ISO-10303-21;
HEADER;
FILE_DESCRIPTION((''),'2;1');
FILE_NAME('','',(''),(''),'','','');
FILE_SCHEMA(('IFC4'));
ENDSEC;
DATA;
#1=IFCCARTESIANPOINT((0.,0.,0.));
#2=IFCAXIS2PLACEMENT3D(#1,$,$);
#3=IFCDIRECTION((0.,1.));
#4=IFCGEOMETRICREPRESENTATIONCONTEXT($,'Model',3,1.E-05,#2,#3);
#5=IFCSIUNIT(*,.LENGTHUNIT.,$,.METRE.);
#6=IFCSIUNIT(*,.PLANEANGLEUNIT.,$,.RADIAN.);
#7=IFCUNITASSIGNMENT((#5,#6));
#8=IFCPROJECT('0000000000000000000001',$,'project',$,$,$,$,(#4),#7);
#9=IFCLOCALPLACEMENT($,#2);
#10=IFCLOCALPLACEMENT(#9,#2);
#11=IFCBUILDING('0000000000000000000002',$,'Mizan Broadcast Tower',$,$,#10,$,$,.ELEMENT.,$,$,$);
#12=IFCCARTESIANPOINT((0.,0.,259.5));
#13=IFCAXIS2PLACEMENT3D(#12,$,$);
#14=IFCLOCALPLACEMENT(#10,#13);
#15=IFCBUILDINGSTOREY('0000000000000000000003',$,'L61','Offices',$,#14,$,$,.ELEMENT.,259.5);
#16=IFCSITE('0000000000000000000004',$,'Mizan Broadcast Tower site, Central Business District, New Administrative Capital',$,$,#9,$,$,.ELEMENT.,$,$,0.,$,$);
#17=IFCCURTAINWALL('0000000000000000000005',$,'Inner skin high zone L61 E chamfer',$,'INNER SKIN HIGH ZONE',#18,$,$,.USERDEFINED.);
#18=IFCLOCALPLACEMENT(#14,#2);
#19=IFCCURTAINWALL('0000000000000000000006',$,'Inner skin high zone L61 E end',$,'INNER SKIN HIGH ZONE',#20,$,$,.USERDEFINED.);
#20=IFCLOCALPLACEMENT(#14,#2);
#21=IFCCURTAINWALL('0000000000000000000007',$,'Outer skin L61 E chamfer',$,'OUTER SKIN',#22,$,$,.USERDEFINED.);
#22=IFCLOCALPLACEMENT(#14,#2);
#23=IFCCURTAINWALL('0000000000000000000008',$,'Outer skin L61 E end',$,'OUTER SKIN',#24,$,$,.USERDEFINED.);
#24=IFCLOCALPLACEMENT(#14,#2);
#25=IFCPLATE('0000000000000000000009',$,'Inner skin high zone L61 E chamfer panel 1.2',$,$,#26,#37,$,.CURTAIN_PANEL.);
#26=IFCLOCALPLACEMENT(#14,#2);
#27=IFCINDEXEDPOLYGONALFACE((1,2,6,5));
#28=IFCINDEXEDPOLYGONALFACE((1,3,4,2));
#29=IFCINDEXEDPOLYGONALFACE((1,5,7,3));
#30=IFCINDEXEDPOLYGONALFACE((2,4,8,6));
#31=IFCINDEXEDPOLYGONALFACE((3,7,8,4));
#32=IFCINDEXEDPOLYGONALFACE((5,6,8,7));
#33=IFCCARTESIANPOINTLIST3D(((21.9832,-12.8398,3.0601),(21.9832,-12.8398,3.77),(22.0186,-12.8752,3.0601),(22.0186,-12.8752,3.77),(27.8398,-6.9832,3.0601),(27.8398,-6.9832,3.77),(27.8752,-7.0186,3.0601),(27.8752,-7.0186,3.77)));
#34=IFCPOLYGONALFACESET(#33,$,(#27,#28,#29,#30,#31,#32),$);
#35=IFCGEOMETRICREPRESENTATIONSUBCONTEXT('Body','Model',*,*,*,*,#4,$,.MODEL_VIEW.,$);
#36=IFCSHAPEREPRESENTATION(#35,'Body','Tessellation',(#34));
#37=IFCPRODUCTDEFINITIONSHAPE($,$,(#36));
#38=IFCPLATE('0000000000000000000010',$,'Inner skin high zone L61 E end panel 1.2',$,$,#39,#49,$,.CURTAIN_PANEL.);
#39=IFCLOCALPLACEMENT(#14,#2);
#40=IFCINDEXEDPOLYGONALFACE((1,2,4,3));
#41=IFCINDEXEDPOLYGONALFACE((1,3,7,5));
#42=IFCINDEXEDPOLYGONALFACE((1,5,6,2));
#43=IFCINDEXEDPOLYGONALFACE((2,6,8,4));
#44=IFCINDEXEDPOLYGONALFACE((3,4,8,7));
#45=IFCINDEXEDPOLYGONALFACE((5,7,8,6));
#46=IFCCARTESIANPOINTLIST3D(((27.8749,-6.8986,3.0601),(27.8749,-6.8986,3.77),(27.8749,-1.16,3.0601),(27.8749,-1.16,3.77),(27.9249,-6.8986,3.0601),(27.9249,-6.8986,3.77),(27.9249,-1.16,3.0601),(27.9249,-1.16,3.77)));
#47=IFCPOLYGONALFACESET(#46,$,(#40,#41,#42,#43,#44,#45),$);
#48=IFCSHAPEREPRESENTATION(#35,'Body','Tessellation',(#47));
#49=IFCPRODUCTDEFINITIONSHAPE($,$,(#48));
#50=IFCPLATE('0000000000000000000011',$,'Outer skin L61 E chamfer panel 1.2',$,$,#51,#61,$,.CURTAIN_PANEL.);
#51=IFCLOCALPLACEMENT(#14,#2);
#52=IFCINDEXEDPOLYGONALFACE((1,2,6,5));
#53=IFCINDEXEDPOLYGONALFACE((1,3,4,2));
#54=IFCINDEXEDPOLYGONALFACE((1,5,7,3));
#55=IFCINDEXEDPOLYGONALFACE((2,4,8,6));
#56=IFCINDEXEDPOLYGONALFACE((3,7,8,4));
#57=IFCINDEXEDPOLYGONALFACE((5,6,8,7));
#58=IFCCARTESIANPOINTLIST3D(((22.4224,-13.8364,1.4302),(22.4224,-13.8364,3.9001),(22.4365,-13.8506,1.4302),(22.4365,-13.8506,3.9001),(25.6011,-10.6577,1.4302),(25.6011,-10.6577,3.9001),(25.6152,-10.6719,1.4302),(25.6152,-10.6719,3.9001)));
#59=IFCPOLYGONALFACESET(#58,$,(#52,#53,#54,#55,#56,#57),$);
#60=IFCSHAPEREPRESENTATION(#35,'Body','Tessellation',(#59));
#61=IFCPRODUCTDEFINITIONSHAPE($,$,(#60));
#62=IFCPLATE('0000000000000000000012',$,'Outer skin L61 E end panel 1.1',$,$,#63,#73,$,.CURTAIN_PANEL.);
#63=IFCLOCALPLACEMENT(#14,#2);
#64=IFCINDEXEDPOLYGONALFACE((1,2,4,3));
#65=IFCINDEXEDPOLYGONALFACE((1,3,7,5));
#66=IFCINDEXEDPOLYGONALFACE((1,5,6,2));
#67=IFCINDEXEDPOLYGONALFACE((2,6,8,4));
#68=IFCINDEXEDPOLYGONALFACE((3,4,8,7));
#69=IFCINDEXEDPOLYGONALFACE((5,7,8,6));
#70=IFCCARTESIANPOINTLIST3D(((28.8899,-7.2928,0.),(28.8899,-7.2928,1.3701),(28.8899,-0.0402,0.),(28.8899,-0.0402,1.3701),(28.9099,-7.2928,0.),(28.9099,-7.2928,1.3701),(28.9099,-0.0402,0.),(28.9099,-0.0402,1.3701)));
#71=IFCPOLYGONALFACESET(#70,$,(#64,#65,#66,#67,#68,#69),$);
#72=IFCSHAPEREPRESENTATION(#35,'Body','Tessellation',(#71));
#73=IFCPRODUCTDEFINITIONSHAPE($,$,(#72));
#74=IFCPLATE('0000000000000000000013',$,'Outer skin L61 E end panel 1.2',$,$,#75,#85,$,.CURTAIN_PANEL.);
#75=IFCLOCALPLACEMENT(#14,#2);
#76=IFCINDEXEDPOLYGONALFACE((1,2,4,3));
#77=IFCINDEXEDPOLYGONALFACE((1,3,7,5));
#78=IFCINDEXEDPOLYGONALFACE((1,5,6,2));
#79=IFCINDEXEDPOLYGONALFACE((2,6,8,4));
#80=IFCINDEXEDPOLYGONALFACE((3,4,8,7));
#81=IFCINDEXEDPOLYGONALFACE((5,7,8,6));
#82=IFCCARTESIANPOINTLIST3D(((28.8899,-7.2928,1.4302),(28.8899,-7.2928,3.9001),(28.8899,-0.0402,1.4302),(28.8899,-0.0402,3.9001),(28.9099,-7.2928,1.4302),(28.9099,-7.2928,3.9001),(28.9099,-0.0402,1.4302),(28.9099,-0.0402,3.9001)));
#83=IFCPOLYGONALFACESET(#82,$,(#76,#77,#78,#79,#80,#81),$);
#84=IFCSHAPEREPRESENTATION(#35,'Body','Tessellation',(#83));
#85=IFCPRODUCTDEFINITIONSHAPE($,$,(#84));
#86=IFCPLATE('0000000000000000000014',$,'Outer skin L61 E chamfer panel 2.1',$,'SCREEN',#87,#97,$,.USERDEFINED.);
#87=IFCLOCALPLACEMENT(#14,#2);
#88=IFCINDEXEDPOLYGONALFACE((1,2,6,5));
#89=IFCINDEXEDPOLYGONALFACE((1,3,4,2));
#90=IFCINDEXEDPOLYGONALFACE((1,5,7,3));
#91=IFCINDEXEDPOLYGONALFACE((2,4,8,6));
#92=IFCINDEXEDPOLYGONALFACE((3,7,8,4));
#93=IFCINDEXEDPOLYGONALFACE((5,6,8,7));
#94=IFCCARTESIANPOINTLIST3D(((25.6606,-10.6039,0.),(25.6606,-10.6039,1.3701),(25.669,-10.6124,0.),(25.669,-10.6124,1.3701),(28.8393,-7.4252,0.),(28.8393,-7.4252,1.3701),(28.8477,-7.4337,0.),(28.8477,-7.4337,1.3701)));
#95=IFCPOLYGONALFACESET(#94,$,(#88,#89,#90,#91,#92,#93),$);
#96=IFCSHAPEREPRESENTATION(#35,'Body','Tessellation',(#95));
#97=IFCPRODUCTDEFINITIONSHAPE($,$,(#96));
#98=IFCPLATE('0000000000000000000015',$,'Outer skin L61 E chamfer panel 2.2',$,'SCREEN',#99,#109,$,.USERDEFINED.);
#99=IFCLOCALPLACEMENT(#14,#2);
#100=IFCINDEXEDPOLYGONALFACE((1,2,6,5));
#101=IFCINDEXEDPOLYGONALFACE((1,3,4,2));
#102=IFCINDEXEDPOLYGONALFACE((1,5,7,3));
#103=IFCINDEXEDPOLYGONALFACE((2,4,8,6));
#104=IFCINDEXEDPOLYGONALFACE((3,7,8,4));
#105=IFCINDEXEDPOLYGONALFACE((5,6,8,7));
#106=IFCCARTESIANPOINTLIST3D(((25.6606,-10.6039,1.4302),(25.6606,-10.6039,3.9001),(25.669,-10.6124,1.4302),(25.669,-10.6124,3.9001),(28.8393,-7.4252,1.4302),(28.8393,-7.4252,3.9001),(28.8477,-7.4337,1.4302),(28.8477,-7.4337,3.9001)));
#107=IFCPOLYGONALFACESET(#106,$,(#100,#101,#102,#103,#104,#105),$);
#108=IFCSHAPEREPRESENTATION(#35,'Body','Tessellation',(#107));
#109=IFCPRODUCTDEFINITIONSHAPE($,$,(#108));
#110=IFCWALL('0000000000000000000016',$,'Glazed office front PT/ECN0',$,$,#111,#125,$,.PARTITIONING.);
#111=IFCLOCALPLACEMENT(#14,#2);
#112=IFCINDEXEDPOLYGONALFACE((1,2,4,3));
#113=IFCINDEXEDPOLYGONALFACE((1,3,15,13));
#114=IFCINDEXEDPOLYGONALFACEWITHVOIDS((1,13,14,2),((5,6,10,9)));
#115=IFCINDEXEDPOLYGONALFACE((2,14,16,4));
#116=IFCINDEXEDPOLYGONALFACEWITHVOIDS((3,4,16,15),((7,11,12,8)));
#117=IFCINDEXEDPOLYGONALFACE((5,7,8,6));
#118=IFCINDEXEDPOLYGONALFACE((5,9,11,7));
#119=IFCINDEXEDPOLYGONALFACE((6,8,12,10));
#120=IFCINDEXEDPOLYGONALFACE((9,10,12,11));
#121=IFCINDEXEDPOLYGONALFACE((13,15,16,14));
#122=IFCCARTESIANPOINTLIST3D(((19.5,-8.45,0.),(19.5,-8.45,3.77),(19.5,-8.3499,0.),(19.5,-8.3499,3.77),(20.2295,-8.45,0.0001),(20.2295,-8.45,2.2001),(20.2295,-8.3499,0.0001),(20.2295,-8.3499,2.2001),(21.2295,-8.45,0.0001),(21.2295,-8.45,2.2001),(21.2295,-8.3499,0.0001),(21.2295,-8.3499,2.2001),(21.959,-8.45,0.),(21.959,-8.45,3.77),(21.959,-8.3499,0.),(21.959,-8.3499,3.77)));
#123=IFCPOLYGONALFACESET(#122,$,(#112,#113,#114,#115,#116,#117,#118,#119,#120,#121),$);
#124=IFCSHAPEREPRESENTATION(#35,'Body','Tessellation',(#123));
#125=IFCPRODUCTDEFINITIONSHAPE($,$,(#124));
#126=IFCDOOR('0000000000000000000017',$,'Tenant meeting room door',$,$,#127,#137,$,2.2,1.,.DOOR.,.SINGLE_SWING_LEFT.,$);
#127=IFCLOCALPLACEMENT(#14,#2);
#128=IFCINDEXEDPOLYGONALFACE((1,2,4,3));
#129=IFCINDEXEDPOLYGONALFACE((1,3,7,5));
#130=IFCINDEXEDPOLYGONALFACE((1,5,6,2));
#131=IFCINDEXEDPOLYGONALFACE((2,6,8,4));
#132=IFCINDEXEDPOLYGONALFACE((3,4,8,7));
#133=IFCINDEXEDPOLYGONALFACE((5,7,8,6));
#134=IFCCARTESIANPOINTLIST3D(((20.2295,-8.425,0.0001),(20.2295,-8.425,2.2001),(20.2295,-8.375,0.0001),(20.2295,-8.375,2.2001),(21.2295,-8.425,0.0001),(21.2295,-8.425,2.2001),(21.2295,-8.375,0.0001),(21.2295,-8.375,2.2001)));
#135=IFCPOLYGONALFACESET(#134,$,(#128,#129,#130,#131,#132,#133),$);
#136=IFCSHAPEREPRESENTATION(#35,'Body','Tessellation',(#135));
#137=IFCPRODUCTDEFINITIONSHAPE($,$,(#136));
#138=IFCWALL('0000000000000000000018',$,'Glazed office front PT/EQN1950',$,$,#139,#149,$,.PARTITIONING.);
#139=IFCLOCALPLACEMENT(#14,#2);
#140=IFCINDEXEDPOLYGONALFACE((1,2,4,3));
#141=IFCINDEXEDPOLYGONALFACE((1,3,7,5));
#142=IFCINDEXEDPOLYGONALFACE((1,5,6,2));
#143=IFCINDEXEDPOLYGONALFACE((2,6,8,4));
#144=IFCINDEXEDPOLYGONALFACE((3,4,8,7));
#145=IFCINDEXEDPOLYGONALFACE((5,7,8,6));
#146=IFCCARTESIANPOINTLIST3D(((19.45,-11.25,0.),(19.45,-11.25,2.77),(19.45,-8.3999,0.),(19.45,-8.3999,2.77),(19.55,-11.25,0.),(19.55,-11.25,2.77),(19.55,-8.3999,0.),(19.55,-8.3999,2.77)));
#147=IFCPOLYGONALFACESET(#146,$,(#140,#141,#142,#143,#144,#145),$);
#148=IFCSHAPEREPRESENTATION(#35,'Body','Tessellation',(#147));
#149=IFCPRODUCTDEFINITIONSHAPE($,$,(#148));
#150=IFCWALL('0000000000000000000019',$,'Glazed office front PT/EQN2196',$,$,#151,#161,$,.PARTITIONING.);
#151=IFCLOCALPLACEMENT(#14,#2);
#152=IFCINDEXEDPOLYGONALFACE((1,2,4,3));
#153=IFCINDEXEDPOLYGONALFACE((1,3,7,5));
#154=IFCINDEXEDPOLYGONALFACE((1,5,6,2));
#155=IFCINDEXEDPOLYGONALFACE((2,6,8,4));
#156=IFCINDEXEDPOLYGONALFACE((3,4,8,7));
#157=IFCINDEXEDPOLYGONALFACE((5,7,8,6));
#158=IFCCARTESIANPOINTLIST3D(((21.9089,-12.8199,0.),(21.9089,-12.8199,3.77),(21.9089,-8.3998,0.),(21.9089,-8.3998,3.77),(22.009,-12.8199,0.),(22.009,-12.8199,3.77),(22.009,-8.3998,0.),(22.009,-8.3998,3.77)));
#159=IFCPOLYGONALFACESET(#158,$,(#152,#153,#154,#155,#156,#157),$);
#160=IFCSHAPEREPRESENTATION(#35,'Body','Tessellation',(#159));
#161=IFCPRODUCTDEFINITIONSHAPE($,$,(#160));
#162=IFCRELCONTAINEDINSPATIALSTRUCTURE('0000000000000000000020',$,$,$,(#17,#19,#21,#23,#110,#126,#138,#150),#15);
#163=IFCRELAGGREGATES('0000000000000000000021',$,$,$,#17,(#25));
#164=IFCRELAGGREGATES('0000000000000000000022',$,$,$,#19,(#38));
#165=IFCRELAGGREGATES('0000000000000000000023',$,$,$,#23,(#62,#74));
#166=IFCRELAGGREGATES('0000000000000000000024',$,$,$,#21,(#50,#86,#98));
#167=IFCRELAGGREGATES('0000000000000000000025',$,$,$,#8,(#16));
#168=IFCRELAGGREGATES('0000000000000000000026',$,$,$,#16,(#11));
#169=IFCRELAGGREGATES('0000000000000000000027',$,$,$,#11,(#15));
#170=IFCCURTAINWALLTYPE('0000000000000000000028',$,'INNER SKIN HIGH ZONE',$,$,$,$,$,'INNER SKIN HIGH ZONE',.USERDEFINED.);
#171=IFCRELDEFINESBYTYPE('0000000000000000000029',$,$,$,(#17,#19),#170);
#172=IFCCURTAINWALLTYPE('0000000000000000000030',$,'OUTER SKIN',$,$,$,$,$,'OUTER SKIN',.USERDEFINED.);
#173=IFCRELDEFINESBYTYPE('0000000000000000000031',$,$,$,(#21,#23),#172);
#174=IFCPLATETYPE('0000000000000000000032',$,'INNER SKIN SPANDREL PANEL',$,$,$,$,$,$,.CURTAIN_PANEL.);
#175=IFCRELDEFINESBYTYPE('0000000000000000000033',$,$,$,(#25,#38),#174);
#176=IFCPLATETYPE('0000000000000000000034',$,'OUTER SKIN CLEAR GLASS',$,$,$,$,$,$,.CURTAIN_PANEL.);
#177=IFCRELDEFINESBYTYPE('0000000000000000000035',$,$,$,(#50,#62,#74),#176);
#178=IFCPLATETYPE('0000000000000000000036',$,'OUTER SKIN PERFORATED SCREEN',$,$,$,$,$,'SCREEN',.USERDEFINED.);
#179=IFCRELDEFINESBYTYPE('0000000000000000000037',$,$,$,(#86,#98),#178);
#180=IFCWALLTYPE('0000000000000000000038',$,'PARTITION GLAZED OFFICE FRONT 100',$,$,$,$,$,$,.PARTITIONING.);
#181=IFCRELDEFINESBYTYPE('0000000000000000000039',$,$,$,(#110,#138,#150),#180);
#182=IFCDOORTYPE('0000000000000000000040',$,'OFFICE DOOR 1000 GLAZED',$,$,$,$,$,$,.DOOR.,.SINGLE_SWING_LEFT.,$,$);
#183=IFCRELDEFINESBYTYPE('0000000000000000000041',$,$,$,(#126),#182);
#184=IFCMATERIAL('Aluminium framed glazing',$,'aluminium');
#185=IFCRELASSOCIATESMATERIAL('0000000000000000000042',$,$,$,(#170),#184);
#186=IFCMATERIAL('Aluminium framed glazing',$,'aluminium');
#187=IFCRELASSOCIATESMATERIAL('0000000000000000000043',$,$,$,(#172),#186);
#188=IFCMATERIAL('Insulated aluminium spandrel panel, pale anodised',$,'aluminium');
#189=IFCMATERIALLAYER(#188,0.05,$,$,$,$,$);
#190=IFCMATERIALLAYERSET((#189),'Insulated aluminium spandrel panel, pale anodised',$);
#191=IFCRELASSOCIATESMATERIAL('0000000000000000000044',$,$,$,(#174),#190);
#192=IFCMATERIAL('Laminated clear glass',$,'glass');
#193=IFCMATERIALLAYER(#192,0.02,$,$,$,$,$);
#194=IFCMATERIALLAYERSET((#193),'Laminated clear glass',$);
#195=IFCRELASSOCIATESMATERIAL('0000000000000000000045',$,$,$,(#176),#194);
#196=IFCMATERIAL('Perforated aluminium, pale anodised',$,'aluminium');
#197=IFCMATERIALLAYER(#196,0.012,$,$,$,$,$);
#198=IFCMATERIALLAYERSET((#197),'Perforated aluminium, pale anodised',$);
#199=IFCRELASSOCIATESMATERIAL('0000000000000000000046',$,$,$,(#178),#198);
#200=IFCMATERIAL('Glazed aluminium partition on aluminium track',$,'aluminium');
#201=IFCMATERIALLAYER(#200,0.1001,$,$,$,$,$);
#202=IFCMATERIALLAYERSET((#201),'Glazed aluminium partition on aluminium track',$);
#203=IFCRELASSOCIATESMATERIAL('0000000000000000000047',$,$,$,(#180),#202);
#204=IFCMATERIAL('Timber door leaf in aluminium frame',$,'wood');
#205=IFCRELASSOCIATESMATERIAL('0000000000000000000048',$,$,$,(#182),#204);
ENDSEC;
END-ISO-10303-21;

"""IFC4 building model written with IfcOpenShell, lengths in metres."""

from ifc_helpers import new_model, si_unit, direction, frame, frame_2d, origin, origin_2d, place, context, subcontext, project, spatial, rectangle, extrude, material, layer, layer_set, type_object, element, fill, aggregate, save


model = new_model("IFC4")

# Units and contexts
model_context = context("Model", 3, precision=1e-05, world=origin(), true_north=direction((0.0, 1.0)))
body_context = subcontext(model_context, "Body", "Model", "MODEL_VIEW")
ifc_project = project(units=[si_unit("LENGTHUNIT", "METRE"), si_unit("PLANEANGLEUNIT", "RADIAN")], contexts=[model_context])

# Site, building, storey
site_placement = place(None, origin())
site = spatial("IfcSite", under=ifc_project, at=site_placement, Name="Mizan Broadcast Tower site, Central Business District, New Administrative Capital", CompositionType="ELEMENT", RefElevation=0.0)
building_placement = place(site_placement, origin())
building = spatial("IfcBuilding", under=site, at=building_placement, Name="Mizan Broadcast Tower", CompositionType="ELEMENT")
storey_placement = place(building_placement, frame((0.0, 0.0, 259.5)))
storey = spatial("IfcBuildingStorey", under=building, at=storey_placement, Name="L61", Description="Offices", CompositionType="ELEMENT", Elevation=259.5)

# Curtain wall
ifc_material_1 = material(Name="Aluminium framed glazing", Category="aluminium")
curtain_wall_type_1 = type_object("IfcCurtainWallType", Name="INNER SKIN HIGH ZONE", ElementType="INNER SKIN HIGH ZONE", PredefinedType="USERDEFINED", material=ifc_material_1)
curtain_wall_1_placement = place(storey_placement, origin())
curtain_wall_1 = element("IfcCurtainWall", 1, at=curtain_wall_1_placement, inside=storey, type_object=curtain_wall_type_1, Name="Inner skin high zone L61 E chamfer", ObjectType="INNER SKIN HIGH ZONE", PredefinedType="USERDEFINED")

# Curtain walls
curtain_wall_2_placement = place(storey_placement, origin())
curtain_wall_2 = element("IfcCurtainWall", 2, at=curtain_wall_2_placement, inside=storey, type_object=curtain_wall_type_1, Name="Inner skin high zone L61 E end", ObjectType="INNER SKIN HIGH ZONE", PredefinedType="USERDEFINED")
ifc_material_2 = material(Name="Aluminium framed glazing", Category="aluminium")
curtain_wall_type_2 = type_object("IfcCurtainWallType", Name="OUTER SKIN", ElementType="OUTER SKIN", PredefinedType="USERDEFINED", material=ifc_material_2)
curtain_wall_3_placement = place(storey_placement, origin())
curtain_wall_3 = element("IfcCurtainWall", 3, at=curtain_wall_3_placement, inside=storey, type_object=curtain_wall_type_2, Name="Outer skin L61 E chamfer", ObjectType="OUTER SKIN", PredefinedType="USERDEFINED")

# Curtain wall
curtain_wall_4_placement = place(storey_placement, origin())
curtain_wall_4 = element("IfcCurtainWall", 4, at=curtain_wall_4_placement, inside=storey, type_object=curtain_wall_type_2, Name="Outer skin L61 E end", ObjectType="OUTER SKIN", PredefinedType="USERDEFINED")

# Plates
ifc_material_3 = material(Name="Insulated aluminium spandrel panel, pale anodised", Category="aluminium")
ifc_layer_1 = layer(ifc_material_3, 0.05)
ifc_layer_set_1 = layer_set([ifc_layer_1], Name="Insulated aluminium spandrel panel, pale anodised")
plate_type_1 = type_object("IfcPlateType", Name="INNER SKIN SPANDREL PANEL", PredefinedType="CURTAIN_PANEL", material=ifc_layer_set_1)
plate_1_placement = place(storey_placement, frame((24.9292, -9.9292, 3.0601), z_axis=(0.0, 0.0, 1.0), x_axis=(0.707107, 0.707107, 0.0)))
plate_1 = element("IfcPlate", 5, at=plate_1_placement, type_object=plate_type_1, Name="Inner skin high zone L61 E chamfer panel 1.2", PredefinedType="CURTAIN_PANEL", context=body_context, shape_type="SweptSolid", body=[
    extrude(rectangle(XDim=8.2825, YDim=0.05, at=origin_2d()), origin(), (0.0, 0.0, 1.0), 0.71),
])
aggregate(curtain_wall_1, [plate_1])
plate_2_placement = place(storey_placement, frame((27.8999, -4.0293, 3.0601), z_axis=(0.0, 0.0, 1.0), x_axis=(0.0, 1.0, 0.0)))
plate_2 = element("IfcPlate", 6, at=plate_2_placement, type_object=plate_type_1, Name="Inner skin high zone L61 E end panel 1.2", PredefinedType="CURTAIN_PANEL", context=body_context, shape_type="SweptSolid", body=[
    extrude(rectangle(XDim=5.7385, YDim=0.05, at=origin_2d()), origin(), (0.0, 0.0, 1.0), 0.71),
])
aggregate(curtain_wall_2, [plate_2])
ifc_material_4 = material(Name="Laminated clear glass", Category="glass")
ifc_layer_2 = layer(ifc_material_4, 0.02)
ifc_layer_set_2 = layer_set([ifc_layer_2], Name="Laminated clear glass")
plate_type_2 = type_object("IfcPlateType", Name="OUTER SKIN CLEAR GLASS", PredefinedType="CURTAIN_PANEL", material=ifc_layer_set_2)
plate_3_placement = place(storey_placement, frame((24.0188, -12.2542, 1.4302), z_axis=(0.0, 0.0, 1.0), x_axis=(0.707107, 0.707107, 0.0)))
plate_3 = element("IfcPlate", 7, at=plate_3_placement, type_object=plate_type_2, Name="Outer skin L61 E chamfer panel 1.2", PredefinedType="CURTAIN_PANEL", context=body_context, shape_type="SweptSolid", body=[
    extrude(rectangle(XDim=4.4954, YDim=0.02, at=origin_2d()), origin(), (0.0, 0.0, 1.0), 2.47),
])
plate_4_placement = place(storey_placement, frame((28.8999, -3.6665, 0.0), z_axis=(0.0, 0.0, 1.0), x_axis=(0.0, 1.0, 0.0)))
plate_4 = element("IfcPlate", 8, at=plate_4_placement, type_object=plate_type_2, Name="Outer skin L61 E end panel 1.1", PredefinedType="CURTAIN_PANEL", context=body_context, shape_type="SweptSolid", body=[
    extrude(rectangle(XDim=7.2527, YDim=0.02, at=origin_2d()), origin(), (0.0, 0.0, 1.0), 1.3701),
])
plate_5_placement = place(storey_placement, frame((28.8999, -3.6665, 1.4302), z_axis=(0.0, 0.0, 1.0), x_axis=(0.0, 1.0, 0.0)))
plate_5 = element("IfcPlate", 9, at=plate_5_placement, type_object=plate_type_2, Name="Outer skin L61 E end panel 1.2", PredefinedType="CURTAIN_PANEL", context=body_context, shape_type="SweptSolid", body=[
    extrude(rectangle(XDim=7.2527, YDim=0.02, at=origin_2d()), origin(), (0.0, 0.0, 1.0), 2.47),
])
aggregate(curtain_wall_4, [plate_4, plate_5])
ifc_material_5 = material(Name="Perforated aluminium, pale anodised", Category="aluminium")
ifc_layer_3 = layer(ifc_material_5, 0.012)
ifc_layer_set_3 = layer_set([ifc_layer_3], Name="Perforated aluminium, pale anodised")
plate_type_3 = type_object("IfcPlateType", Name="OUTER SKIN PERFORATED SCREEN", ElementType="SCREEN", PredefinedType="USERDEFINED", material=ifc_layer_set_3)
plate_6_placement = place(storey_placement, frame((27.2542, -9.0188, 0.0), z_axis=(0.0, 0.0, 1.0), x_axis=(0.707107, 0.707107, 0.0)))
plate_6 = element("IfcPlate", 10, at=plate_6_placement, type_object=plate_type_3, Name="Outer skin L61 E chamfer panel 2.1", ObjectType="SCREEN", PredefinedType="USERDEFINED", context=body_context, shape_type="SweptSolid", body=[
    extrude(rectangle(XDim=4.4954, YDim=0.012, at=origin_2d()), origin(), (0.0, 0.0, 1.0), 1.3701),
])
plate_7_placement = place(storey_placement, frame((27.2542, -9.0188, 1.4302), z_axis=(0.0, 0.0, 1.0), x_axis=(0.707107, 0.707107, 0.0)))
plate_7 = element("IfcPlate", 11, at=plate_7_placement, type_object=plate_type_3, Name="Outer skin L61 E chamfer panel 2.2", ObjectType="SCREEN", PredefinedType="USERDEFINED", context=body_context, shape_type="SweptSolid", body=[
    extrude(rectangle(XDim=4.4954, YDim=0.012, at=origin_2d()), origin(), (0.0, 0.0, 1.0), 2.47),
])
aggregate(curtain_wall_3, [plate_3, plate_6, plate_7])

# Wall, opening, door
ifc_material_6 = material(Name="Glazed aluminium partition on aluminium track", Category="aluminium")
ifc_layer_4 = layer(ifc_material_6, 0.1001)
ifc_layer_set_4 = layer_set([ifc_layer_4], Name="Glazed aluminium partition on aluminium track")
wall_type = type_object("IfcWallType", Name="PARTITION GLAZED OFFICE FRONT 100", PredefinedType="PARTITIONING", material=ifc_layer_set_4)
wall_1_placement = place(storey_placement, frame((19.5, -8.3999, 0.0), z_axis=(0.0, 0.0, 1.0), x_axis=(1.0, 0.0, 0.0)))
wall_1 = element("IfcWall", 12, at=wall_1_placement, inside=storey, type_object=wall_type, Name="Glazed office front PT/ECN0", PredefinedType="PARTITIONING", context=body_context, shape_type="SweptSolid", body=[
    extrude(rectangle(XDim=2.459, YDim=0.1001, at=frame_2d((1.2295, 0.0))), origin(), (0.0, 0.0, 1.0), 3.77),
])
opening_placement = place(wall_1_placement, frame((0.7295, 0.0, 0.0)))
opening = element("IfcOpeningElement", 13, at=opening_placement, cuts=wall_1, PredefinedType="OPENING", context=body_context, shape_type="SweptSolid", body=[
    extrude(rectangle(XDim=1.0, YDim=2.2, at=frame_2d((0.5, 1.1001))), frame((0.0, 0.0601, 0.0), z_axis=(0.0, -1.0, 0.0), x_axis=(1.0, 0.0, 0.0)), (0.0, 0.0, 1.0), 0.1201),
])
ifc_material_7 = material(Name="Timber door leaf in aluminium frame", Category="wood")
door_type = type_object("IfcDoorType", Name="OFFICE DOOR 1000 GLAZED", OperationType="SINGLE_SWING_LEFT", PredefinedType="DOOR", material=ifc_material_7)
door_placement = place(opening_placement, origin())
door = element("IfcDoor", 14, at=door_placement, inside=storey, type_object=door_type, Name="Tenant meeting room door", OperationType="SINGLE_SWING_LEFT", OverallHeight=2.2, OverallWidth=1.0, PredefinedType="DOOR", context=body_context, shape_type="SweptSolid", body=[
    extrude(rectangle(XDim=1.0, YDim=2.2, at=frame_2d((0.5, 1.1001))), frame((0.0, 0.0249, 0.0), z_axis=(0.0, -1.0, 0.0), x_axis=(1.0, 0.0, 0.0)), (0.0, 0.0, 1.0), 0.05),
])
fill(opening, door)

# Walls
wall_2_placement = place(storey_placement, frame((19.5, -8.3999, 0.0), z_axis=(0.0, 0.0, 1.0), x_axis=(0.0, -1.0, 0.0)))
element("IfcWall", 15, at=wall_2_placement, inside=storey, type_object=wall_type, Name="Glazed office front PT/EQN1950", PredefinedType="PARTITIONING", context=body_context, shape_type="SweptSolid", body=[
    extrude(rectangle(XDim=2.8501, YDim=0.1001, at=frame_2d((1.425, 0.0))), origin(), (0.0, 0.0, 1.0), 2.77),
])
wall_3_placement = place(storey_placement, frame((21.959, -8.3999, 0.0), z_axis=(0.0, 0.0, 1.0), x_axis=(0.0, -1.0, 0.0)))
element("IfcWall", 16, at=wall_3_placement, inside=storey, type_object=wall_type, Name="Glazed office front PT/EQN2196", PredefinedType="PARTITIONING", context=body_context, shape_type="SweptSolid", body=[
    extrude(rectangle(XDim=4.4202, YDim=0.1001, at=frame_2d((2.21, 0.0))), origin(), (0.0, 0.0, 1.0), 3.77),
])

save(model, "model.ifc")
